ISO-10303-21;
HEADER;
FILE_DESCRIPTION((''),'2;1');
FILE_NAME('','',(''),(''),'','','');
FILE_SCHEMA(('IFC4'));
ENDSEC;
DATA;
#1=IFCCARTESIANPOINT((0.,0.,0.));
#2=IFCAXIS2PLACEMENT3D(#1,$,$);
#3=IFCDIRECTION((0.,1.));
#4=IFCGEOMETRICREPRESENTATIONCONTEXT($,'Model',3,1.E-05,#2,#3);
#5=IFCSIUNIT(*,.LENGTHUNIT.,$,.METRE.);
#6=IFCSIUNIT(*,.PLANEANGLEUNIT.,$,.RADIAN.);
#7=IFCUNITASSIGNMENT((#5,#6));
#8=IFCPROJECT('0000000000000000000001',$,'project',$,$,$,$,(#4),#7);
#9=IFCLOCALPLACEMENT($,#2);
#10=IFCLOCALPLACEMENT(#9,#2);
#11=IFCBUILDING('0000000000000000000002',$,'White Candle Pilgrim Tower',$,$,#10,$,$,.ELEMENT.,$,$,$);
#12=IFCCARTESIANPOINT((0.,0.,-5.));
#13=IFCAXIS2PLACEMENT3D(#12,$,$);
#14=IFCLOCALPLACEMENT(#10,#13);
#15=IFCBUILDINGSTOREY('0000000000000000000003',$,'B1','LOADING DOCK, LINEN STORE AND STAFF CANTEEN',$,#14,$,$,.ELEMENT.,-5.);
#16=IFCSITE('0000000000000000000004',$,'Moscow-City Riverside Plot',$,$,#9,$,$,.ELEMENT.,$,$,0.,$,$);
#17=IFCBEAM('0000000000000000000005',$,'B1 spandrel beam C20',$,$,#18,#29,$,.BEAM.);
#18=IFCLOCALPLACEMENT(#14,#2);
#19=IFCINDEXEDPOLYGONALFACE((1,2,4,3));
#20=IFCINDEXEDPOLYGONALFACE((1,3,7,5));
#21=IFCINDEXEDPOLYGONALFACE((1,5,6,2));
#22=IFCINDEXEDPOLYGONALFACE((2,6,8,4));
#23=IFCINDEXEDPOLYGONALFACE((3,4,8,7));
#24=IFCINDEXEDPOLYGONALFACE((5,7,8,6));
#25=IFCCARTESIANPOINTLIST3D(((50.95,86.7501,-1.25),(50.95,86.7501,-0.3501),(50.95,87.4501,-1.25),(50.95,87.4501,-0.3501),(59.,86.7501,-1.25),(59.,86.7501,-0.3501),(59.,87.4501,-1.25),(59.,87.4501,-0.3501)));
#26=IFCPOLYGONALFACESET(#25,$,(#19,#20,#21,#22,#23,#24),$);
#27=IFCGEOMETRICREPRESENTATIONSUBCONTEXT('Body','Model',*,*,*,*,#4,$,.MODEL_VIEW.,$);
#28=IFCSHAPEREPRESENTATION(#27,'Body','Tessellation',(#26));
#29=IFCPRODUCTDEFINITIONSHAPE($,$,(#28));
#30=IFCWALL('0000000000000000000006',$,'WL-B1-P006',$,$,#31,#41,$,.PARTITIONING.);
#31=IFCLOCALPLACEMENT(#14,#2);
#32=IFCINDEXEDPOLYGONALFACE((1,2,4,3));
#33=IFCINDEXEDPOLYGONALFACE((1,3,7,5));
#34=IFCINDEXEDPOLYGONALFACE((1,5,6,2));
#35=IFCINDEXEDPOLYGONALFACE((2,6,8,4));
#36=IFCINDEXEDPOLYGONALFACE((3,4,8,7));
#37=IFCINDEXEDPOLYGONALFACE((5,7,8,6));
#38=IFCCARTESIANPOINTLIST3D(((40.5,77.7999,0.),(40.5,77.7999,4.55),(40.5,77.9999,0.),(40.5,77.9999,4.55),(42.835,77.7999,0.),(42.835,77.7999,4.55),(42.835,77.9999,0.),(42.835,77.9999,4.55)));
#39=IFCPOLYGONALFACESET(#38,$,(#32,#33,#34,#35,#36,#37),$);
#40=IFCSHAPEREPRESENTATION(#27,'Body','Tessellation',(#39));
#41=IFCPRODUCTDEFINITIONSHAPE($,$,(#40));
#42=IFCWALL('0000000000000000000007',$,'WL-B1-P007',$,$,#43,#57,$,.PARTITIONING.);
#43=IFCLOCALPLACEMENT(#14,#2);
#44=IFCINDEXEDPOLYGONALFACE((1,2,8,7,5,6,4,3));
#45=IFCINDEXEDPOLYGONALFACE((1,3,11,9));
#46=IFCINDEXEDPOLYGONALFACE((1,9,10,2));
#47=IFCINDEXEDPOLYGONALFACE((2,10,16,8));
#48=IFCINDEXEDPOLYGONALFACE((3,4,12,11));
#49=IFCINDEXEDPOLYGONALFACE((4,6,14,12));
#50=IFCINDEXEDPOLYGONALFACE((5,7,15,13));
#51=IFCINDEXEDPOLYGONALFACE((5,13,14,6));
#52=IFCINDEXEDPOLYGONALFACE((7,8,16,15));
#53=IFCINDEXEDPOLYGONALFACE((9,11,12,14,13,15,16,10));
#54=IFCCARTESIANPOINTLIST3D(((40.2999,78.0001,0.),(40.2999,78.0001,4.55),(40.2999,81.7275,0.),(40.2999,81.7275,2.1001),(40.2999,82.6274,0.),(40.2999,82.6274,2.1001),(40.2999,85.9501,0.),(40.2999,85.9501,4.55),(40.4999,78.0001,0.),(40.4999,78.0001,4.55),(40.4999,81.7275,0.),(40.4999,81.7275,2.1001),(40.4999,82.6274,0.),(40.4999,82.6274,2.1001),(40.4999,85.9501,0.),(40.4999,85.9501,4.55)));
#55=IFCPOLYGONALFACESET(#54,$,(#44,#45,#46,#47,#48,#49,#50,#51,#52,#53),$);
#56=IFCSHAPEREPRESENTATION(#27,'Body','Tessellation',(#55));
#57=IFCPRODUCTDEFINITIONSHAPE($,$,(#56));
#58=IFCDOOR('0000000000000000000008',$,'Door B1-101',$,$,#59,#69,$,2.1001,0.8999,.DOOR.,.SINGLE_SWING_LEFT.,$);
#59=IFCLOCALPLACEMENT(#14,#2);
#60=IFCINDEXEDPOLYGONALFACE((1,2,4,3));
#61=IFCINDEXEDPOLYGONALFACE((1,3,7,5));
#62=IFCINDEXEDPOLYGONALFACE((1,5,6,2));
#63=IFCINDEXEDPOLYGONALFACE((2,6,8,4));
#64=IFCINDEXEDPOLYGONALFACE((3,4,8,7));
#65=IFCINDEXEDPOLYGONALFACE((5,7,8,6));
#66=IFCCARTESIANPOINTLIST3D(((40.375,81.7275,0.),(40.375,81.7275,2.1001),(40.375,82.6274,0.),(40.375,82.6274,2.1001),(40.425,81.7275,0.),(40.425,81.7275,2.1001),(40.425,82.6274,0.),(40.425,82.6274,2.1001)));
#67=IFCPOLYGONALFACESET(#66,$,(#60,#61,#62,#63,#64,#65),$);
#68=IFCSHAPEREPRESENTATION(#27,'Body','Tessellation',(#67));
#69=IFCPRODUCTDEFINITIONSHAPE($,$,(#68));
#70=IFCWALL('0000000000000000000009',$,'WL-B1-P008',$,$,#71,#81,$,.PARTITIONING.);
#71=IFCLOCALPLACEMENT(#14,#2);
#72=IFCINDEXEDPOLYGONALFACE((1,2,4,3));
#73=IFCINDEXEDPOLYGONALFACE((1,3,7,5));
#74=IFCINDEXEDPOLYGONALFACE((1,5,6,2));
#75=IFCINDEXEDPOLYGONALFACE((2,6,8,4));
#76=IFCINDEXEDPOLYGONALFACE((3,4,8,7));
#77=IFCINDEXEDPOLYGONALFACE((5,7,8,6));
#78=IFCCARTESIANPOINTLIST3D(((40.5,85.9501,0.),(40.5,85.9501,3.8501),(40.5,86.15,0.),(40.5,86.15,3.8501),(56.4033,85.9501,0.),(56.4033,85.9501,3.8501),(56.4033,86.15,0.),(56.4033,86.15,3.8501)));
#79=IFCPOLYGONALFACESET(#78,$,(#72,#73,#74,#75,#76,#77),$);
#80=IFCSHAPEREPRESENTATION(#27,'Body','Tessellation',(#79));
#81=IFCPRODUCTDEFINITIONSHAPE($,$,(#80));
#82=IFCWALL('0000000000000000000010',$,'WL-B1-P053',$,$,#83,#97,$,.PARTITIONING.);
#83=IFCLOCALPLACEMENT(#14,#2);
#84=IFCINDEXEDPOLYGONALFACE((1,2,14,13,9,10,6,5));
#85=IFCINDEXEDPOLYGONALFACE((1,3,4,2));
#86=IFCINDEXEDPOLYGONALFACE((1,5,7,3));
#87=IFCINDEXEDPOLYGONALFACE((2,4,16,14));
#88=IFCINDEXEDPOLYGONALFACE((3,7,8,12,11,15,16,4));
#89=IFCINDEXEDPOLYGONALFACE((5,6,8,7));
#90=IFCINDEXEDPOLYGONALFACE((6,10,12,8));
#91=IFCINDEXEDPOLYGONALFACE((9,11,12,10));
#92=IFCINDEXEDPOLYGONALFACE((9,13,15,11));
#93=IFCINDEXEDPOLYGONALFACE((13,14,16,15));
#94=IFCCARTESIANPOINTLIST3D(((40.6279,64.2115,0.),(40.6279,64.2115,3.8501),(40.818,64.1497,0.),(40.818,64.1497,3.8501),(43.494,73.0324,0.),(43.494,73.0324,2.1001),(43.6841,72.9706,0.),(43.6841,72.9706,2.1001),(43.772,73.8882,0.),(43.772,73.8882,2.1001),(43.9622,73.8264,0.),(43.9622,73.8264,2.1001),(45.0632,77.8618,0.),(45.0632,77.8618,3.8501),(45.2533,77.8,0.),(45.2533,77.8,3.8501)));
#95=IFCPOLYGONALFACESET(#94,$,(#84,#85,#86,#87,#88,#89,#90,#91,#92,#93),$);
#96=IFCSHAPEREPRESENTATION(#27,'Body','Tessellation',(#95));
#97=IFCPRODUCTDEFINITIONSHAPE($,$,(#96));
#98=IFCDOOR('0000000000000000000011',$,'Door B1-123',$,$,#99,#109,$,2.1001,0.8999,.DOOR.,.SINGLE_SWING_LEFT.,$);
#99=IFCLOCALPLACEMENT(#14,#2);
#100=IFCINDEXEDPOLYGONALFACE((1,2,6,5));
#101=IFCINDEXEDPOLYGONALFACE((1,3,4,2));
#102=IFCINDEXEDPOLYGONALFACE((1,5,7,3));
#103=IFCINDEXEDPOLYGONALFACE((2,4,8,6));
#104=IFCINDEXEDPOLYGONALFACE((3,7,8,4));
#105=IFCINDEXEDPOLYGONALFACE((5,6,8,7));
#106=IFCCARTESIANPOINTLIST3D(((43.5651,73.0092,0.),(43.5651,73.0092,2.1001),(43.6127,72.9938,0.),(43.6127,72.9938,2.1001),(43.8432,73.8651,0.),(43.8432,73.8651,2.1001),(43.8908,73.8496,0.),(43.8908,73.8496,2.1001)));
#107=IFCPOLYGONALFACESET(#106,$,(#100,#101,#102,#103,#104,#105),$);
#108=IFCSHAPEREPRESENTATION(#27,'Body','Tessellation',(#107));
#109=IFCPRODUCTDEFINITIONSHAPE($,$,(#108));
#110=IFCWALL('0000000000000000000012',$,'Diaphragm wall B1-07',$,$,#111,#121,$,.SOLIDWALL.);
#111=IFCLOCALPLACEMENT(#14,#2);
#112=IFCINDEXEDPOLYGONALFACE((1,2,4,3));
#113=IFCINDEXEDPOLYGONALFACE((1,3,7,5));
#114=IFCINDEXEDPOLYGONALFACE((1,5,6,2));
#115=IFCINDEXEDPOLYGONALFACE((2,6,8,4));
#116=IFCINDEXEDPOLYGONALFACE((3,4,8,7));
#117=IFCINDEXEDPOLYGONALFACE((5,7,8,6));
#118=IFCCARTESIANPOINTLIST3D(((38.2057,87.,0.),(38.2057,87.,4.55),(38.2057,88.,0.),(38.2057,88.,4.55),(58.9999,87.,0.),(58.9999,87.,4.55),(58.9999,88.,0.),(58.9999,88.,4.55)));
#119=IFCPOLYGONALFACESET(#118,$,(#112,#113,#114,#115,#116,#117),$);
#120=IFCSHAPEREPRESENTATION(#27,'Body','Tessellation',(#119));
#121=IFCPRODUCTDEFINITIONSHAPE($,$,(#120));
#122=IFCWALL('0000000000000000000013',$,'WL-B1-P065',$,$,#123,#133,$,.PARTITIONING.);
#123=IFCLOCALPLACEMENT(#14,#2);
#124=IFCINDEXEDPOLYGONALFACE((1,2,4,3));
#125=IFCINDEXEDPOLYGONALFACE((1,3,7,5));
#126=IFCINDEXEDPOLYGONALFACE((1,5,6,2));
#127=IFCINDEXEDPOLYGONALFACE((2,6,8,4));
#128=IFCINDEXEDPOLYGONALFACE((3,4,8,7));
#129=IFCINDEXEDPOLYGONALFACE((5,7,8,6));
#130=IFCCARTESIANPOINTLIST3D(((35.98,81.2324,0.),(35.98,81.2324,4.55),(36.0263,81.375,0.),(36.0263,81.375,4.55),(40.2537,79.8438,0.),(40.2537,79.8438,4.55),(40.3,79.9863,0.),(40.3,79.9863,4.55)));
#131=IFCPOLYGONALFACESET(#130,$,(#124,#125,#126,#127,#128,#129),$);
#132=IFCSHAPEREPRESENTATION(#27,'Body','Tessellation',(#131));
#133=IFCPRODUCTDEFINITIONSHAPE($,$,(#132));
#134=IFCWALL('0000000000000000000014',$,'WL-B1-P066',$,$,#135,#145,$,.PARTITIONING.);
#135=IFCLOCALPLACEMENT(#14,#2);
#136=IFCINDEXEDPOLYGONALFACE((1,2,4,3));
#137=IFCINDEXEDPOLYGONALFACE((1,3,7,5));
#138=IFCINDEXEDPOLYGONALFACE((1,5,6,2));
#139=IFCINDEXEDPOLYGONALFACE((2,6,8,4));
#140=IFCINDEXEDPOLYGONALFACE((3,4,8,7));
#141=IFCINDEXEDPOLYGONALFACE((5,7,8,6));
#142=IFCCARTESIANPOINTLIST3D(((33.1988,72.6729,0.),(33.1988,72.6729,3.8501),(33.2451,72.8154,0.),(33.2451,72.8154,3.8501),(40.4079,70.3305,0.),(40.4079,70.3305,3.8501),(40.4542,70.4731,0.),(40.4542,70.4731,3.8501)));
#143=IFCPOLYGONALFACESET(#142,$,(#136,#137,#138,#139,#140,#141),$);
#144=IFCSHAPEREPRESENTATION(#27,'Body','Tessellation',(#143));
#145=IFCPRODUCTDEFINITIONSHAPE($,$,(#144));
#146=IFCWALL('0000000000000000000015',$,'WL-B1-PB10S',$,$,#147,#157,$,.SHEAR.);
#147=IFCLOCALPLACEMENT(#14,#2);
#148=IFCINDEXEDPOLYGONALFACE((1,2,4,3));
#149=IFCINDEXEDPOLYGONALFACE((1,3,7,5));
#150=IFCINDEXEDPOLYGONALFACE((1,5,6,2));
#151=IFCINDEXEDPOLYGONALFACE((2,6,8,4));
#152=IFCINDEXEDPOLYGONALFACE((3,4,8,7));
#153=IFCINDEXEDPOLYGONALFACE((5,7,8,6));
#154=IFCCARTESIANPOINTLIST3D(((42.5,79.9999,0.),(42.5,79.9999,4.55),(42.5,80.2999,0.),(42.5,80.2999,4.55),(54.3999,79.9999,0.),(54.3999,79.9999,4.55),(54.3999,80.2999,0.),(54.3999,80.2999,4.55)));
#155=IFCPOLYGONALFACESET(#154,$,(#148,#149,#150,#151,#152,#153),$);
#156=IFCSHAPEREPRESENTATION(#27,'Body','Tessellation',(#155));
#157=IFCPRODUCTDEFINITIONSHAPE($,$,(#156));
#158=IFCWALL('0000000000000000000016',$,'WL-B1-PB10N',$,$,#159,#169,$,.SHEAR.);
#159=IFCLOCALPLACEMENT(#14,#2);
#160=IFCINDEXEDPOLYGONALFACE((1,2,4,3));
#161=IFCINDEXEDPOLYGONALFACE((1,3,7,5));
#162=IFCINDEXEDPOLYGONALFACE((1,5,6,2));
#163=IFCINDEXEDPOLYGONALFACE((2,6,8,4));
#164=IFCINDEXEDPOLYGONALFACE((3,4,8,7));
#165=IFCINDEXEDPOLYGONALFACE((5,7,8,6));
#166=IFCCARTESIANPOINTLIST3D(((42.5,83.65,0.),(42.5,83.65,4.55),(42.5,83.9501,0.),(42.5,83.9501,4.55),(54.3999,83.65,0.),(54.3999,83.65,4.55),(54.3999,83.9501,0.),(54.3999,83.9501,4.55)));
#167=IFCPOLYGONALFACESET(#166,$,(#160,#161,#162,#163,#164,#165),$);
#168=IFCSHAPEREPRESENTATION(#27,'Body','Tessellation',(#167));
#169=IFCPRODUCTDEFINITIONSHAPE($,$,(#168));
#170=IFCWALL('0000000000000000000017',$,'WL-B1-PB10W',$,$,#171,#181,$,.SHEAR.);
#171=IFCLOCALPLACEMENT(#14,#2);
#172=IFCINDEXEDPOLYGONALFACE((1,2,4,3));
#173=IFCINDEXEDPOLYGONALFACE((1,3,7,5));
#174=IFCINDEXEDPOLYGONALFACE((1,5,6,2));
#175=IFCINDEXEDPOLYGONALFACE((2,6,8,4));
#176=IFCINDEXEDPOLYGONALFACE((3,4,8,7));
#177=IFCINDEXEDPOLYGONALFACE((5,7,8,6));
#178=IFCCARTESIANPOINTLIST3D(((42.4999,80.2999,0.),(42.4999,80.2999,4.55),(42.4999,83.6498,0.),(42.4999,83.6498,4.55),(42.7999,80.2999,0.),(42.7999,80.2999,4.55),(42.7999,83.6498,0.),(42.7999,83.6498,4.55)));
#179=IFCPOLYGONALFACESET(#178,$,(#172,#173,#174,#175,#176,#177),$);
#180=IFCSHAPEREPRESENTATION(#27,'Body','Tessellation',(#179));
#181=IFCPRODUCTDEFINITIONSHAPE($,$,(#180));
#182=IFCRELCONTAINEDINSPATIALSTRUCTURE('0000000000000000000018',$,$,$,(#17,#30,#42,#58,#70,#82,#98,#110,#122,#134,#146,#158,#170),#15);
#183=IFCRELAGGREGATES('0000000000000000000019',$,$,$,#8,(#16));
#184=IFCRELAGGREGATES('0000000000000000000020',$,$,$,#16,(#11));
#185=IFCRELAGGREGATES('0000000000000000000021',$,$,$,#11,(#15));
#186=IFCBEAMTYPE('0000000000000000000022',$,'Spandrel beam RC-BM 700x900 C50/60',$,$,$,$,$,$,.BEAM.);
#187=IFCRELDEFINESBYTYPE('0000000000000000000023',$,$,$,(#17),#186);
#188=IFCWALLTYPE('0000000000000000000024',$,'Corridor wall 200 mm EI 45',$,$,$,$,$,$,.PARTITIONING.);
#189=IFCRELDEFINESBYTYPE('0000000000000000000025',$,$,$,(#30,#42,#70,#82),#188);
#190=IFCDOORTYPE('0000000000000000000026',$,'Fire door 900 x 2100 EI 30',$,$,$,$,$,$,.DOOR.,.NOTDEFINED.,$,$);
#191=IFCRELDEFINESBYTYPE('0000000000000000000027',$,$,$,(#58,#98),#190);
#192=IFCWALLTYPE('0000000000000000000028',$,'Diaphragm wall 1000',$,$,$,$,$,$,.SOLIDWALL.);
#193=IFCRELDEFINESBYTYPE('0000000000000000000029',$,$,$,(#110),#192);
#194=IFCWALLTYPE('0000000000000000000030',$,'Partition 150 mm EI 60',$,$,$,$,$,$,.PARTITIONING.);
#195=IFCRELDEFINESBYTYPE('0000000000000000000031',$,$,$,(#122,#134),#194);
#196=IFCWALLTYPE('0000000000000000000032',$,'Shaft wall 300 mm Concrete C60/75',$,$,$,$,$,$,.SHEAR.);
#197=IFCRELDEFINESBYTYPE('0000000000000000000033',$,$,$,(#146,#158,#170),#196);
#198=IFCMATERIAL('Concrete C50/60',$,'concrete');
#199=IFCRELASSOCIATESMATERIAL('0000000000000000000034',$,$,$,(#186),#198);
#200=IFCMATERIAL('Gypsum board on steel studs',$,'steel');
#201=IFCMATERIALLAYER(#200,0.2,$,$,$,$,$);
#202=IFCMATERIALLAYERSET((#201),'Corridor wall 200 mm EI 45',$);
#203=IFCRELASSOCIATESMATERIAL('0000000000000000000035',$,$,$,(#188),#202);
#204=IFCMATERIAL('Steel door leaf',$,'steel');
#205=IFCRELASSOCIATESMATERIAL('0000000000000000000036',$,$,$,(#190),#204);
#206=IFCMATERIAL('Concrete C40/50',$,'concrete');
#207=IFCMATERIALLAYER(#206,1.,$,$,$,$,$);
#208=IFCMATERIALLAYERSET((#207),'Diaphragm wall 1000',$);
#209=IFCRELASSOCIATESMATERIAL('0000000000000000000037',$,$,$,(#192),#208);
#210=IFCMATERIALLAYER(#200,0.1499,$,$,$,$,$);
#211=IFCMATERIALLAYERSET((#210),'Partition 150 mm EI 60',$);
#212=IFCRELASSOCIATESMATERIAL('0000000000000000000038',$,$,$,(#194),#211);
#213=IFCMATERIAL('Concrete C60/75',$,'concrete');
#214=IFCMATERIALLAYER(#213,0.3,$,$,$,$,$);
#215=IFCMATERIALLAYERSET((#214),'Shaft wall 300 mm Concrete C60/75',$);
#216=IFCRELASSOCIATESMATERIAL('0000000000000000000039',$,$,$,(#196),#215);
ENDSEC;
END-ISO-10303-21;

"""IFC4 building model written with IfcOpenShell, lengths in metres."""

from ifc_helpers import new_model, si_unit, direction, frame, frame_2d, origin, origin_2d, place, context, subcontext, project, spatial, rectangle, extrude, material, layer, layer_set, material_profile, profile_set, type_object, element, fill, save


model = new_model("IFC4")

# Units and contexts
model_context = context("Model", 3, precision=1e-05, world=origin(), true_north=direction((0.0, 1.0)))
body_context = subcontext(model_context, "Body", "Model", "MODEL_VIEW")
ifc_project = project(units=[si_unit("LENGTHUNIT", "METRE"), si_unit("PLANEANGLEUNIT", "RADIAN")], contexts=[model_context])

# Site, building, storey
site_placement = place(None, origin())
site = spatial("IfcSite", under=ifc_project, at=site_placement, Name="Moscow-City Riverside Plot", CompositionType="ELEMENT", RefElevation=0.0)
building_placement = place(site_placement, origin())
building = spatial("IfcBuilding", under=site, at=building_placement, Name="White Candle Pilgrim Tower", CompositionType="ELEMENT")
storey_placement = place(building_placement, frame((0.0, 0.0, -5.0)))
storey = spatial("IfcBuildingStorey", under=building, at=storey_placement, Name="B1", Description="LOADING DOCK, LINEN STORE AND STAFF CANTEEN", CompositionType="ELEMENT", Elevation=-5.0)

# Beam
ifc_material_1 = material(Name="Concrete C50/60", Category="concrete")
ifc_material_profile_1 = material_profile(ifc_material_1, rectangle(XDim=0.7, YDim=0.8999, at=origin_2d()), Name="RC-BM 700x900")
ifc_profile_set_1 = profile_set([ifc_material_profile_1], Name="Concrete C50/60")
beam_type_1 = type_object("IfcBeamType", Name="Spandrel beam RC-BM 700x900 C50/60", PredefinedType="BEAM", material=ifc_profile_set_1)
beam_1_placement = place(storey_placement, frame((50.95, 87.1001, -0.8), z_axis=(1.0, 0.0, 0.0), x_axis=(0.0, 1.0, 0.0)))
element("IfcBeam", 1, at=beam_1_placement, inside=storey, type_object=beam_type_1, Name="B1 spandrel beam C20", PredefinedType="BEAM", context=body_context, shape_type="SweptSolid", body=[
    extrude(rectangle(XDim=0.7, YDim=0.8999, at=origin_2d()), origin(), (0.0, 0.0, 1.0), 8.05),
])

# Wall
ifc_material_2 = material(Name="Gypsum board on steel studs", Category="steel")
ifc_layer_1 = layer(ifc_material_2, 0.2)
ifc_layer_set_1 = layer_set([ifc_layer_1], Name="Corridor wall 200 mm EI 45")
wall_type_1 = type_object("IfcWallType", Name="Corridor wall 200 mm EI 45", PredefinedType="PARTITIONING", material=ifc_layer_set_1)
wall_1_placement = place(storey_placement, frame((42.835, 77.8999, 0.0), z_axis=(0.0, 0.0, 1.0), x_axis=(-1.0, 0.0, 0.0)))
element("IfcWall", 2, at=wall_1_placement, inside=storey, type_object=wall_type_1, Name="WL-B1-P006", PredefinedType="PARTITIONING", context=body_context, shape_type="SweptSolid", body=[
    extrude(rectangle(XDim=2.335, YDim=0.2, at=frame_2d((1.1675, 0.0))), origin(), (0.0, 0.0, 1.0), 4.55),
])

# Wall, opening, door
wall_2_placement = place(storey_placement, frame((40.3999, 78.0, 0.0), z_axis=(0.0, 0.0, 1.0), x_axis=(0.0, 1.0, 0.0)))
wall_2 = element("IfcWall", 3, at=wall_2_placement, inside=storey, type_object=wall_type_1, Name="WL-B1-P007", PredefinedType="PARTITIONING", context=body_context, shape_type="SweptSolid", body=[
    extrude(rectangle(XDim=7.95, YDim=0.2, at=frame_2d((3.9751, 0.0))), origin(), (0.0, 0.0, 1.0), 4.55),
])
opening_1_placement = place(wall_2_placement, frame((3.7275, 0.0, 0.0)))
opening_1 = element("IfcOpeningElement", 4, at=opening_1_placement, cuts=wall_2, PredefinedType="OPENING", context=body_context, shape_type="SweptSolid", body=[
    extrude(rectangle(XDim=0.8999, YDim=2.1001, at=frame_2d((0.45, 1.05))), frame((0.0, 0.1099, 0.0), z_axis=(0.0, -1.0, 0.0), x_axis=(1.0, 0.0, 0.0)), (0.0, 0.0, 1.0), 0.22),
])
ifc_material_3 = material(Name="Steel door leaf", Category="steel")
door_type = type_object("IfcDoorType", Name="Fire door 900 x 2100 EI 30", OperationType="NOTDEFINED", PredefinedType="DOOR", material=ifc_material_3)
door_1_placement = place(opening_1_placement, origin())
door_1 = element("IfcDoor", 5, at=door_1_placement, inside=storey, type_object=door_type, Name="Door B1-101", OperationType="SINGLE_SWING_LEFT", OverallHeight=2.1001, OverallWidth=0.8999, PredefinedType="DOOR", context=body_context, shape_type="SweptSolid", body=[
    extrude(rectangle(XDim=0.8999, YDim=2.1001, at=frame_2d((0.45, 1.05))), frame((0.0, 0.0249, 0.0), z_axis=(0.0, -1.0, 0.0), x_axis=(1.0, 0.0, 0.0)), (0.0, 0.0, 1.0), 0.05),
])
fill(opening_1, door_1)

# Wall
wall_3_placement = place(storey_placement, frame((40.5, 86.05, 0.0), z_axis=(0.0, 0.0, 1.0), x_axis=(1.0, 0.0, 0.0)))
element("IfcWall", 6, at=wall_3_placement, inside=storey, type_object=wall_type_1, Name="WL-B1-P008", PredefinedType="PARTITIONING", context=body_context, shape_type="SweptSolid", body=[
    extrude(rectangle(XDim=15.9033, YDim=0.2, at=frame_2d((7.9517, 0.0))), origin(), (0.0, 0.0, 1.0), 3.8501),
])

# Wall, opening, door
wall_4_placement = place(storey_placement, frame((45.1582, 77.8308, 0.0), z_axis=(0.0, 0.0, 1.0), x_axis=(-0.309018, -0.951056, 0.0)))
wall_4 = element("IfcWall", 7, at=wall_4_placement, inside=storey, type_object=wall_type_1, Name="WL-B1-P053", PredefinedType="PARTITIONING", context=body_context, shape_type="SweptSolid", body=[
    extrude(rectangle(XDim=14.3528, YDim=0.2, at=frame_2d((7.1763, 0.0))), origin(), (0.0, 0.0, 1.0), 3.8501),
])
opening_2_placement = place(wall_4_placement, frame((4.178, 0.0, 0.0)))
opening_2 = element("IfcOpeningElement", 8, at=opening_2_placement, cuts=wall_4, PredefinedType="OPENING", context=body_context, shape_type="SweptSolid", body=[
    extrude(rectangle(XDim=0.8999, YDim=2.1001, at=frame_2d((0.45, 1.05))), frame((0.0, 0.1099, 0.0), z_axis=(0.0, -1.0, 0.0), x_axis=(1.0, 0.0, 0.0)), (0.0, 0.0, 1.0), 0.22),
])
door_2_placement = place(opening_2_placement, origin())
door_2 = element("IfcDoor", 9, at=door_2_placement, inside=storey, type_object=door_type, Name="Door B1-123", OperationType="SINGLE_SWING_LEFT", OverallHeight=2.1001, OverallWidth=0.8999, PredefinedType="DOOR", context=body_context, shape_type="SweptSolid", body=[
    extrude(rectangle(XDim=0.8999, YDim=2.1001, at=frame_2d((0.45, 1.05))), frame((0.0, 0.0249, 0.0), z_axis=(0.0, -1.0, 0.0), x_axis=(1.0, 0.0, 0.0)), (0.0, 0.0, 1.0), 0.05),
])
fill(opening_2, door_2)

# Walls
ifc_material_4 = material(Name="Concrete C40/50", Category="concrete")
ifc_layer_2 = layer(ifc_material_4, 1.0)
ifc_layer_set_2 = layer_set([ifc_layer_2], Name="Diaphragm wall 1000")
wall_type_2 = type_object("IfcWallType", Name="Diaphragm wall 1000", PredefinedType="SOLIDWALL", material=ifc_layer_set_2)
wall_5_placement = place(storey_placement, frame((38.2058, 87.5, 0.0), z_axis=(0.0, 0.0, 1.0), x_axis=(1.0, 0.0, 0.0)))
element("IfcWall", 10, at=wall_5_placement, inside=storey, type_object=wall_type_2, Name="Diaphragm wall B1-07", PredefinedType="SOLIDWALL", context=body_context, shape_type="SweptSolid", body=[
    extrude(rectangle(XDim=20.7942, YDim=1.0, at=frame_2d((10.397, 0.0))), origin(), (0.0, 0.0, 1.0), 4.55),
])
ifc_layer_3 = layer(ifc_material_2, 0.1499)
ifc_layer_set_3 = layer_set([ifc_layer_3], Name="Partition 150 mm EI 60")
wall_type_3 = type_object("IfcWallType", Name="Partition 150 mm EI 60", PredefinedType="PARTITIONING", material=ifc_layer_set_3)
wall_6_placement = place(storey_placement, frame((36.0032, 81.3037, 0.0), z_axis=(0.0, 0.0, 1.0), x_axis=(0.951052, -0.309031, 0.0)))
element("IfcWall", 11, at=wall_6_placement, inside=storey, type_object=wall_type_3, Name="WL-B1-P065", PredefinedType="PARTITIONING", context=body_context, shape_type="SweptSolid", body=[
    extrude(rectangle(XDim=4.4937, YDim=0.1499, at=frame_2d((2.2468, 0.0))), origin(), (0.0, 0.0, 1.0), 4.55),
])
wall_7_placement = place(storey_placement, frame((33.2219, 72.7441, 0.0), z_axis=(0.0, 0.0, 1.0), x_axis=(0.951059, -0.30901, 0.0)))
element("IfcWall", 12, at=wall_7_placement, inside=storey, type_object=wall_type_3, Name="WL-B1-P066", PredefinedType="PARTITIONING", context=body_context, shape_type="SweptSolid", body=[
    extrude(rectangle(XDim=7.5801, YDim=0.1499, at=frame_2d((3.79, 0.0))), origin(), (0.0, 0.0, 1.0), 3.8501),
])
ifc_material_5 = material(Name="Concrete C60/75", Category="concrete")
ifc_layer_4 = layer(ifc_material_5, 0.3)
ifc_layer_set_4 = layer_set([ifc_layer_4], Name="Shaft wall 300 mm Concrete C60/75")
wall_type_4 = type_object("IfcWallType", Name="Shaft wall 300 mm Concrete C60/75", PredefinedType="SHEAR", material=ifc_layer_set_4)
for number, where, z_axis, x_axis, name in (
    (13, (42.5, 80.1499, 0.0), (0.0, 0.0, 1.0), (1.0, 0.0, 0.0), "WL-B1-PB10S"),
    (14, (42.5, 83.8, 0.0), (0.0, 0.0, 1.0), (1.0, 0.0, 0.0), "WL-B1-PB10N"),
):
    element("IfcWall", number, at=place(storey_placement, frame(where, z_axis=z_axis, x_axis=x_axis)), inside=storey, type_object=wall_type_4, Name=name, PredefinedType="SHEAR", context=body_context, shape_type="SweptSolid", body=[
        extrude(rectangle(XDim=11.8999, YDim=0.3, at=frame_2d((5.95, 0.0))), origin(), (0.0, 0.0, 1.0), 4.55),
    ])
wall_8_placement = place(storey_placement, frame((42.6499, 80.3, 0.0), z_axis=(0.0, 0.0, 1.0), x_axis=(0.0, 1.0, 0.0)))
element("IfcWall", 15, at=wall_8_placement, inside=storey, type_object=wall_type_4, Name="WL-B1-PB10W", PredefinedType="SHEAR", context=body_context, shape_type="SweptSolid", body=[
    extrude(rectangle(XDim=3.3499, YDim=0.3, at=frame_2d((1.6748, 0.0))), origin(), (0.0, 0.0, 1.0), 4.55),
])

save(model, "model.ifc")
